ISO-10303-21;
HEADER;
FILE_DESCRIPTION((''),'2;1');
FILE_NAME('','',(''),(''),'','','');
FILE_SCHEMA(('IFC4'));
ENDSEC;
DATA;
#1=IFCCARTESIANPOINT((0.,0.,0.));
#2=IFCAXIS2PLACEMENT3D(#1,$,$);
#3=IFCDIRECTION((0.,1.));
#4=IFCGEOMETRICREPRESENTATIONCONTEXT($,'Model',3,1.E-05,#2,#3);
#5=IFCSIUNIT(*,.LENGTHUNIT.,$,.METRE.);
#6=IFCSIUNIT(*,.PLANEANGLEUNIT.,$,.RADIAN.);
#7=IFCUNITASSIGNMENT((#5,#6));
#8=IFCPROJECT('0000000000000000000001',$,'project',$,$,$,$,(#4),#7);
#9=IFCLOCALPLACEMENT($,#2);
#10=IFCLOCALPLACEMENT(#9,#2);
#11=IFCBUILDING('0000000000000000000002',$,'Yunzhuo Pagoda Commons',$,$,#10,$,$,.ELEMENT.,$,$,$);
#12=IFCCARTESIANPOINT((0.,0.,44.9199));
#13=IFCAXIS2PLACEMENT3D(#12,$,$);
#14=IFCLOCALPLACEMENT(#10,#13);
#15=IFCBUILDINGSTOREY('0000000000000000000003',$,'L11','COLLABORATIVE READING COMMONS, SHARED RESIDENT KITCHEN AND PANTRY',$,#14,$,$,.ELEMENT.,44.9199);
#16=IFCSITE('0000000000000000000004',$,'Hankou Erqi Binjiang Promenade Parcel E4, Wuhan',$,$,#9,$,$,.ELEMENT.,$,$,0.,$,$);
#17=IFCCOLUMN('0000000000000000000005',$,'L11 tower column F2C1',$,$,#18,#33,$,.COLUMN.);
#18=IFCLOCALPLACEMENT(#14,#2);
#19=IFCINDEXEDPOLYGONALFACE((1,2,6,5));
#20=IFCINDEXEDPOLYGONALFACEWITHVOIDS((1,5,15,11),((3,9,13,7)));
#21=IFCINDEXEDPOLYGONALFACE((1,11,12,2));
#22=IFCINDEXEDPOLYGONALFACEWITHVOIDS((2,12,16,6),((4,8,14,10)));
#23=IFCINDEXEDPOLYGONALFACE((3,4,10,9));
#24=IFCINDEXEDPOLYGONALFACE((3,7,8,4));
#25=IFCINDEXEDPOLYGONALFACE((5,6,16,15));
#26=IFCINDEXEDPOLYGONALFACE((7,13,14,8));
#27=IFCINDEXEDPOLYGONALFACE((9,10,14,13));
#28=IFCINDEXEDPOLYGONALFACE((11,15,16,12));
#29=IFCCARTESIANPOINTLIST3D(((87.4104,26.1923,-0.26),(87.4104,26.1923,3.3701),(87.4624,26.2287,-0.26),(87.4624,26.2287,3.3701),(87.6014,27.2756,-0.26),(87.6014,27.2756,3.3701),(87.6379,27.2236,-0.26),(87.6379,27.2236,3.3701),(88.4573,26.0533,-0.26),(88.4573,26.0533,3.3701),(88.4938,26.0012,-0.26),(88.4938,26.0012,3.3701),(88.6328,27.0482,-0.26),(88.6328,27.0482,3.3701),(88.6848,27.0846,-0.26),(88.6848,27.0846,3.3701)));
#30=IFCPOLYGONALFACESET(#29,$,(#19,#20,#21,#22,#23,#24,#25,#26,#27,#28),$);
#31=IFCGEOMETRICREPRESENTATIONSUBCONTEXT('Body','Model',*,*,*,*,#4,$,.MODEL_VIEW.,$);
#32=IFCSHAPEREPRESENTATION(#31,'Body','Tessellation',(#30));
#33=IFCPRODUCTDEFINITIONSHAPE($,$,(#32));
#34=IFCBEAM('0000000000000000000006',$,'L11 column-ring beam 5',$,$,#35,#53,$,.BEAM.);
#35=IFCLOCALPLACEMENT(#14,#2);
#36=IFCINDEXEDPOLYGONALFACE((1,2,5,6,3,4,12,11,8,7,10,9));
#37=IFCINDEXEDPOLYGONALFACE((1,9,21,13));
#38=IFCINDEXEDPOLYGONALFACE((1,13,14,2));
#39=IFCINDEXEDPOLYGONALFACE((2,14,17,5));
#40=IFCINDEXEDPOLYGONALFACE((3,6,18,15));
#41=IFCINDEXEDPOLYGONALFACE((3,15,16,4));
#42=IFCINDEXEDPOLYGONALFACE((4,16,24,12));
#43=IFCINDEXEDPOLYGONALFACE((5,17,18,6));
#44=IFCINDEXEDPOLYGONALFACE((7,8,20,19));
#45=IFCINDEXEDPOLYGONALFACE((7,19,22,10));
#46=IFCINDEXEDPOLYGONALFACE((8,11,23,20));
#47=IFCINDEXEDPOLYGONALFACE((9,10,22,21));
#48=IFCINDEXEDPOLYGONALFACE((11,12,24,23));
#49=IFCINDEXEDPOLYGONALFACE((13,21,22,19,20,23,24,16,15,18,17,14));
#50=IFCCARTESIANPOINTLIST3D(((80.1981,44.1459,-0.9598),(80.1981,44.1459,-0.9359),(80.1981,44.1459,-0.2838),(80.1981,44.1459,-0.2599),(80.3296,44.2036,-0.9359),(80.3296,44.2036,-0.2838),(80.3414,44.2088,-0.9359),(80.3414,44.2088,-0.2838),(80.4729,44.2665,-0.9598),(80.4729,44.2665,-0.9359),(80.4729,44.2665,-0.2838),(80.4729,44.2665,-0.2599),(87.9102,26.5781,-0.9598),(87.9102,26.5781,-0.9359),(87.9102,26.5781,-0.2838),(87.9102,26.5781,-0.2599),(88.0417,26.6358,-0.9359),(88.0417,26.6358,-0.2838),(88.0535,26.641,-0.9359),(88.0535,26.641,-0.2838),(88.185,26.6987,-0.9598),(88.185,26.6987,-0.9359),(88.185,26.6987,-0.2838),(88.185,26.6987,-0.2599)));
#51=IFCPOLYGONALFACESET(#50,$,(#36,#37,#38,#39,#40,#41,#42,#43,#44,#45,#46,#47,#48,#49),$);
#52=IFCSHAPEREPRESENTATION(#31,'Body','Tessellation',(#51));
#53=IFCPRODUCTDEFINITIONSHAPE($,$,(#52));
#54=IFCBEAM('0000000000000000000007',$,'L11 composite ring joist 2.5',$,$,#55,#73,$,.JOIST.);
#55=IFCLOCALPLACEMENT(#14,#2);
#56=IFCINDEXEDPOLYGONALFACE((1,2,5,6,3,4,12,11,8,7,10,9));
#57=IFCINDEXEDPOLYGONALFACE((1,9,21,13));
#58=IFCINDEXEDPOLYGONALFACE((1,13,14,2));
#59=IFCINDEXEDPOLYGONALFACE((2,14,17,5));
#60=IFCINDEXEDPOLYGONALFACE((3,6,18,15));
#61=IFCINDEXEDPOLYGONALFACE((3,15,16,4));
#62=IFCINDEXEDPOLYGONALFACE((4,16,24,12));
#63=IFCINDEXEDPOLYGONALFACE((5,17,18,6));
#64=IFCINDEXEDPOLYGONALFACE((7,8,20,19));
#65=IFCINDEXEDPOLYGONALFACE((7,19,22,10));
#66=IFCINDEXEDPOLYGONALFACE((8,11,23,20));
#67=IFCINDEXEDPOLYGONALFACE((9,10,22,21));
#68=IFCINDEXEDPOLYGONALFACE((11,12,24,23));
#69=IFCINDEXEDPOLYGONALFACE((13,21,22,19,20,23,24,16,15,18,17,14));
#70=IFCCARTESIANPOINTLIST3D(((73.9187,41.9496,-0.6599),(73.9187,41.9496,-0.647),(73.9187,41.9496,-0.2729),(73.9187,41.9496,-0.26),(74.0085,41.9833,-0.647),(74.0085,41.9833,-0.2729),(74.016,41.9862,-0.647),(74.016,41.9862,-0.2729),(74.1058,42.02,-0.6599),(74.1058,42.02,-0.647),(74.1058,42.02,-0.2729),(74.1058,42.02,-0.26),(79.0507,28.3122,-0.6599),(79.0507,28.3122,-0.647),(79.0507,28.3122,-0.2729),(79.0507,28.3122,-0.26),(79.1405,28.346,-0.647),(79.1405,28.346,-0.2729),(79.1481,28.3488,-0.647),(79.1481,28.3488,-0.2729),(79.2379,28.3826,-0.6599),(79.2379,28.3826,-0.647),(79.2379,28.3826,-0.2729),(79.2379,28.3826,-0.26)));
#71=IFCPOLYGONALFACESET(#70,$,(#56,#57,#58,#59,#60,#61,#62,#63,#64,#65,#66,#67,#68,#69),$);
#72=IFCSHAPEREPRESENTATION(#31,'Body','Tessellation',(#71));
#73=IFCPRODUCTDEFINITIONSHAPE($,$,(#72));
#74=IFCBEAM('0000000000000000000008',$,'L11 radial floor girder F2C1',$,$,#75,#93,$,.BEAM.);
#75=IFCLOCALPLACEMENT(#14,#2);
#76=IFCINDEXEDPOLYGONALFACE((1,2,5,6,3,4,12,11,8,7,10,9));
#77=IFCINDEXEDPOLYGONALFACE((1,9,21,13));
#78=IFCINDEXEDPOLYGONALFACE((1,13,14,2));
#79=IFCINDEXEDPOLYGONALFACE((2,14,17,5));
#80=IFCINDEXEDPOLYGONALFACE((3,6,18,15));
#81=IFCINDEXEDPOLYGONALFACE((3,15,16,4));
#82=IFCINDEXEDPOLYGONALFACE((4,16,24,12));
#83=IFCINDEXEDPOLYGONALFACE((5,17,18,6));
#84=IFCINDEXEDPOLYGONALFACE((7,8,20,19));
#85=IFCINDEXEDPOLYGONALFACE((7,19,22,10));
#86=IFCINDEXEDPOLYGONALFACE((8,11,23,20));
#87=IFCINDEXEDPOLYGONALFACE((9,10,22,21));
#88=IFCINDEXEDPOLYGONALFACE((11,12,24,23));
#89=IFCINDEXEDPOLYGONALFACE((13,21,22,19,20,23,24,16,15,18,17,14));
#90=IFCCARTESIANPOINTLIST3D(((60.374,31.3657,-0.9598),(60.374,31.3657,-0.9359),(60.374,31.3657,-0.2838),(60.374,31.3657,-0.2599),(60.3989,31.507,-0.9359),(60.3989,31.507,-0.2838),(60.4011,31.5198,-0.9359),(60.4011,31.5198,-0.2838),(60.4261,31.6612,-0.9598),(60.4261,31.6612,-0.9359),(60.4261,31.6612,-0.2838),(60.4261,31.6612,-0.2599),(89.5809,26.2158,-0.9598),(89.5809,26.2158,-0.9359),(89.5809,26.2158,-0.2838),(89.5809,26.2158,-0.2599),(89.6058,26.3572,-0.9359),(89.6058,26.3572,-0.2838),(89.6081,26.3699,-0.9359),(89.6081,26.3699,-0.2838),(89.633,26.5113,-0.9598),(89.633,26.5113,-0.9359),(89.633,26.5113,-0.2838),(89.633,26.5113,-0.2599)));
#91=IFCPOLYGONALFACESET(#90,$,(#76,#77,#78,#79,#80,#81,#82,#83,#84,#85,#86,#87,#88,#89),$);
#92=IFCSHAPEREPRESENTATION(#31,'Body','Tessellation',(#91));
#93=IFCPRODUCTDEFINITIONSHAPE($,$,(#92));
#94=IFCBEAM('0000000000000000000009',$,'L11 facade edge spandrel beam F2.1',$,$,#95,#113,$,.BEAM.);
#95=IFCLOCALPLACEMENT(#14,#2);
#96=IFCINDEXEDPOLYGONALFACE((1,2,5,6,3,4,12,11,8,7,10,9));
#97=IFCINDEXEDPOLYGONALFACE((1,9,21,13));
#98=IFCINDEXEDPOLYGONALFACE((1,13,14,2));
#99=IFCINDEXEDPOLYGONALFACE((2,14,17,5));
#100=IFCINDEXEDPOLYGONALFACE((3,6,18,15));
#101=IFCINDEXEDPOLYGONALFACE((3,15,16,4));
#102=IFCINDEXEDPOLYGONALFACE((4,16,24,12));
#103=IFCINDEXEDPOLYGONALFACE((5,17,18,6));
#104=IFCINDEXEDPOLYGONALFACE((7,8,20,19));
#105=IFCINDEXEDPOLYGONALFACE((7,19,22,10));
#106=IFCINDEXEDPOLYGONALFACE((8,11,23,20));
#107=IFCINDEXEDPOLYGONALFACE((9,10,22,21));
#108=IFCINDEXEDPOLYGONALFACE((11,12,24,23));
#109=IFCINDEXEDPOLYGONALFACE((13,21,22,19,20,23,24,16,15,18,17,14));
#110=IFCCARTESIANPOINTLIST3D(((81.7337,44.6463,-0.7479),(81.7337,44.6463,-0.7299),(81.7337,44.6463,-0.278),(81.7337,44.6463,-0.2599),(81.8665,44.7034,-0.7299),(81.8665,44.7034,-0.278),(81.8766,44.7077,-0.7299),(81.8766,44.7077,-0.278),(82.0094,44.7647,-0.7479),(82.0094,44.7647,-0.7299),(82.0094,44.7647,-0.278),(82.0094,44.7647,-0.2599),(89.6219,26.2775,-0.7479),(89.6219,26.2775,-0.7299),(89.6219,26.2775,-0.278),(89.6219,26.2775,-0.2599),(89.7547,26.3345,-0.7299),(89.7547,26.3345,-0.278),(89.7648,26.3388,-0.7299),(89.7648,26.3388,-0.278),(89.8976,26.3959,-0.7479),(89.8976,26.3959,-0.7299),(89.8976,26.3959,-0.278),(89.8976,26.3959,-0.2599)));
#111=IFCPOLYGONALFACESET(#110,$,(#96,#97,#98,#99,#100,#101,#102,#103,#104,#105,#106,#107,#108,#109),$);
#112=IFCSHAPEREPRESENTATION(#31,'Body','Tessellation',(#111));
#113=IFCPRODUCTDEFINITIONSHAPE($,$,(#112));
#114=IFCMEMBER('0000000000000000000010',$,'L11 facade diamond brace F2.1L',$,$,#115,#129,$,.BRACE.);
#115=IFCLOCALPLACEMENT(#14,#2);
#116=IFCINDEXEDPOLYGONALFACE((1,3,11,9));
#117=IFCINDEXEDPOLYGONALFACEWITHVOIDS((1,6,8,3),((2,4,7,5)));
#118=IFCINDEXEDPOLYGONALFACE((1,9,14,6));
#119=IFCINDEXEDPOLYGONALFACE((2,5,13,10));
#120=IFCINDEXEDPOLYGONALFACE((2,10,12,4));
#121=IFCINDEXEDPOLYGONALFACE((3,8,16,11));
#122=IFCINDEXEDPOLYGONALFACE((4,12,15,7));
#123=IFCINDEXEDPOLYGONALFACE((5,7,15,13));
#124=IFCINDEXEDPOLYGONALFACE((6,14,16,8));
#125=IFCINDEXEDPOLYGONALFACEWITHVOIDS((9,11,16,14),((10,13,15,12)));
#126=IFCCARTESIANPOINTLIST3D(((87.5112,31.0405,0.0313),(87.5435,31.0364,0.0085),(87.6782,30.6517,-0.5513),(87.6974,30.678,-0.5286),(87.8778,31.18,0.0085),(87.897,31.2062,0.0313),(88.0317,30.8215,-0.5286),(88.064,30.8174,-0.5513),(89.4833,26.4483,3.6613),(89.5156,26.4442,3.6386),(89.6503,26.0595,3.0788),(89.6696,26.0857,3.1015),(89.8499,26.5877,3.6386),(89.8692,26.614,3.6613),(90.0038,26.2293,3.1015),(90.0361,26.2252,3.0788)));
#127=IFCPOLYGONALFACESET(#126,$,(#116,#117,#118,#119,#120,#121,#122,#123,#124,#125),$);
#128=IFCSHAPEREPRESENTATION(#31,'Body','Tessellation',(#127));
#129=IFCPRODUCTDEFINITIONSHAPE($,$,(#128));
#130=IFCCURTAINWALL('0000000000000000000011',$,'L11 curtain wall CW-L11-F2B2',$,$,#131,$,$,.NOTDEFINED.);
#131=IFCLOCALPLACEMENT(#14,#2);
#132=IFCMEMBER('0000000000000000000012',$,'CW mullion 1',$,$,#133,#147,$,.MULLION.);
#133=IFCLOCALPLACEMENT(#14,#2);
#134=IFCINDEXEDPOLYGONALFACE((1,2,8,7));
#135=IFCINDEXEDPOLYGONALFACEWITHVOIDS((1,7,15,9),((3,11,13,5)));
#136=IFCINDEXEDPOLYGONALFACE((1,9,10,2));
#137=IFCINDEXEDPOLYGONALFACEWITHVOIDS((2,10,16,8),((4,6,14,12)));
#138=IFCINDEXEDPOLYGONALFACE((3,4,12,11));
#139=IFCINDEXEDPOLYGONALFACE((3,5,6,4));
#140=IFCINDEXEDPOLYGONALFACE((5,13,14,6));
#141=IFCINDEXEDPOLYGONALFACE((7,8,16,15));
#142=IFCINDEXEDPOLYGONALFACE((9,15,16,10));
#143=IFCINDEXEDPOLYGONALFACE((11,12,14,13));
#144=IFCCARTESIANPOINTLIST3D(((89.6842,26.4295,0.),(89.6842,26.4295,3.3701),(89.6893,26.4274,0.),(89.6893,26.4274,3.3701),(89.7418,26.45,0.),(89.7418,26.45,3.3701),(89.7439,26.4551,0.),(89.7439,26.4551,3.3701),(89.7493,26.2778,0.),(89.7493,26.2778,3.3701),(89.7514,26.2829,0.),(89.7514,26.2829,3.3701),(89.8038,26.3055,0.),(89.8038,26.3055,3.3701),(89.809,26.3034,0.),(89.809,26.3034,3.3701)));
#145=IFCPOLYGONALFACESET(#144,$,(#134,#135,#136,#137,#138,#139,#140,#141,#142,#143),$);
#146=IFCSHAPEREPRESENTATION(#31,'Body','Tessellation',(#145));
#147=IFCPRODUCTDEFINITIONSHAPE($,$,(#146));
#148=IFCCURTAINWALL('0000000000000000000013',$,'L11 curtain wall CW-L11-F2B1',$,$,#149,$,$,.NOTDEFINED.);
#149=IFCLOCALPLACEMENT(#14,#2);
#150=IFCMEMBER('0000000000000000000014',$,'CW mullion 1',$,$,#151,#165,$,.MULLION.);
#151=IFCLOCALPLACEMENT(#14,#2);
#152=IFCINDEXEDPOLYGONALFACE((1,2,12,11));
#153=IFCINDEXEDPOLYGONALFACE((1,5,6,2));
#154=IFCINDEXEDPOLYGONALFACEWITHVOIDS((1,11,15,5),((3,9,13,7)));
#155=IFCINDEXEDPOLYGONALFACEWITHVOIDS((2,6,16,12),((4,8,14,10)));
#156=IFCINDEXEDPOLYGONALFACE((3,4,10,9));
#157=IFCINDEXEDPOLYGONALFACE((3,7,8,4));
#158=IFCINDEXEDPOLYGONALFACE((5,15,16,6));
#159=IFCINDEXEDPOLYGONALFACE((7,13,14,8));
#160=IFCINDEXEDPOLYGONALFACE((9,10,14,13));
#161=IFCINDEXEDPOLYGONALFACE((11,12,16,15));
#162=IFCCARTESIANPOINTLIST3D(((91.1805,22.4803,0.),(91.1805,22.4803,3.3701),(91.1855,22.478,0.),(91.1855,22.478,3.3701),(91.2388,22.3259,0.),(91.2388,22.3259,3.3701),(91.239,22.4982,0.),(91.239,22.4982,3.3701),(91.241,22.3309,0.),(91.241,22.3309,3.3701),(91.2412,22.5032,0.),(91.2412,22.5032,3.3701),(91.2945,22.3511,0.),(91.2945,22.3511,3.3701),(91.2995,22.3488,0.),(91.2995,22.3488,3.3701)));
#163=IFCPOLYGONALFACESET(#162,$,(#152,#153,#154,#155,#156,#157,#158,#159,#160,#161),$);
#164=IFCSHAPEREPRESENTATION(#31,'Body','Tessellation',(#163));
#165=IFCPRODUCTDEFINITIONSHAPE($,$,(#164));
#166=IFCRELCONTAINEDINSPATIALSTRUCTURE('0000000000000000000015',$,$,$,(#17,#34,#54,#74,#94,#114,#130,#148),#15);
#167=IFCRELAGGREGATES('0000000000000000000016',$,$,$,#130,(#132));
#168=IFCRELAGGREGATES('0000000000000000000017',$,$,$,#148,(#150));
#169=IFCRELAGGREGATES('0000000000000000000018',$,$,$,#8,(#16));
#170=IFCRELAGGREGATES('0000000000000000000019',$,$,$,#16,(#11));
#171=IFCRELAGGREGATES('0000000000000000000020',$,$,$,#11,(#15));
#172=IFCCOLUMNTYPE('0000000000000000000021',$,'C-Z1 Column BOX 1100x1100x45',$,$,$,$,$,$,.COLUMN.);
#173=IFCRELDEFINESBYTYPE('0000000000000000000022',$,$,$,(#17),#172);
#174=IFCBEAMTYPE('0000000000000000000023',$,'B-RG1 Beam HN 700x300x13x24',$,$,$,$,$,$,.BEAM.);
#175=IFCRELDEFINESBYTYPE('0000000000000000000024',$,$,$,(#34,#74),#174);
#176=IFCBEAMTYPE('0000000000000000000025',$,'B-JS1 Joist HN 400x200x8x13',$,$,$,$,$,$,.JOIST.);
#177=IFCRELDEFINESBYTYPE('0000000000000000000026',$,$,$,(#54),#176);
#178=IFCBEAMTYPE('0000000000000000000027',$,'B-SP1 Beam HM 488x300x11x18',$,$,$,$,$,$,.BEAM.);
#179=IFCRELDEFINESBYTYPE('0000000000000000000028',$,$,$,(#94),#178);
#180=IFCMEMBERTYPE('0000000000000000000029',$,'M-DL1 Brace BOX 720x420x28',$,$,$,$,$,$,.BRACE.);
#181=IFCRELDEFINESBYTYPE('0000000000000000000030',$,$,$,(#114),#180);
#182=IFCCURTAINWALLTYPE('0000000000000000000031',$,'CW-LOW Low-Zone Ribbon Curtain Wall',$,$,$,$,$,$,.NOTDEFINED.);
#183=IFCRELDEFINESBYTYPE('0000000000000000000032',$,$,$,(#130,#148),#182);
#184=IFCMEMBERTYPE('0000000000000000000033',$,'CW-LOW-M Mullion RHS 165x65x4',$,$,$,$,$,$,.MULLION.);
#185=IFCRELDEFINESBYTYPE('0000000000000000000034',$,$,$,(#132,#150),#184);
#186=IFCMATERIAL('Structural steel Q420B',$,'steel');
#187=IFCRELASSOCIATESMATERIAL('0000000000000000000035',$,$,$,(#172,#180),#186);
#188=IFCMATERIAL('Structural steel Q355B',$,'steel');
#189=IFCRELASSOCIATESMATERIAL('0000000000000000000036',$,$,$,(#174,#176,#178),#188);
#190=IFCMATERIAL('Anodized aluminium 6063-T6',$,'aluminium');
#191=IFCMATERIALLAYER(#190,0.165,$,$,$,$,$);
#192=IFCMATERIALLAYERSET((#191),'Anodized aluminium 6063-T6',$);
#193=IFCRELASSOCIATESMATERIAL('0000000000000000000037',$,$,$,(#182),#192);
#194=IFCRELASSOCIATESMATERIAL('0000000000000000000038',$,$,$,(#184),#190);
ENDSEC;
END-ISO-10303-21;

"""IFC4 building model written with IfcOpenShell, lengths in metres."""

from ifc_helpers import new_model, si_unit, direction, frame, origin, origin_2d, place, context, subcontext, project, spatial, hollow_rectangle, i_section, extrude, source, transform, mapped, material, layer, layer_set, material_profile, profile_set, type_object, element, aggregate, save


model = new_model("IFC4")

# Units and contexts
model_context = context("Model", 3, precision=1e-05, world=origin(), true_north=direction((0.0, 1.0)))
body_context = subcontext(model_context, "Body", "Model", "MODEL_VIEW")
ifc_project = project(units=[si_unit("LENGTHUNIT", "METRE"), si_unit("PLANEANGLEUNIT", "RADIAN")], contexts=[model_context])

# Site, building, storey
site_placement = place(None, origin())
site = spatial("IfcSite", under=ifc_project, at=site_placement, Name="Hankou Erqi Binjiang Promenade Parcel E4, Wuhan", CompositionType="ELEMENT", RefElevation=0.0)
building_placement = place(site_placement, origin())
building = spatial("IfcBuilding", under=site, at=building_placement, Name="Yunzhuo Pagoda Commons", CompositionType="ELEMENT")
storey_placement = place(building_placement, frame((0.0, 0.0, 44.9199)))
storey = spatial("IfcBuildingStorey", under=building, at=storey_placement, Name="L11", Description="COLLABORATIVE READING COMMONS, SHARED RESIDENT KITCHEN AND PANTRY", CompositionType="ELEMENT", Elevation=44.9199)

# Column
ifc_material_1 = material(Name="Structural steel Q420B", Category="steel")
ifc_material_profile_1 = material_profile(ifc_material_1, hollow_rectangle(XDim=1.1001, YDim=1.1001, WallThickness=0.0449, at=origin_2d()), Name="Structural steel Q420B")
ifc_profile_set_1 = profile_set([ifc_material_profile_1], Name="Structural steel Q420B")
column_type = type_object("IfcColumnType", Name="C-Z1 Column BOX 1100x1100x45", PredefinedType="COLUMN", material=ifc_profile_set_1)
shared_shape_1 = source(origin(), body_context, "Body", "SweptSolid", [
    extrude(hollow_rectangle(XDim=1.1001, YDim=1.1001, WallThickness=0.0449, at=origin_2d()), origin(), (0.0, 0.0, 1.0), 3.6301),
])
column_placement = place(storey_placement, frame((88.0476, 26.6384, -0.26), z_axis=(0.0, 0.0, 1.0), x_axis=(0.173648, 0.984808, 0.0)))
element("IfcColumn", 1, at=column_placement, inside=storey, type_object=column_type, Name="L11 tower column F2C1", PredefinedType="COLUMN", context=body_context, shape_type="MappedRepresentation", body=[
    mapped(shared_shape_1, transform((0.0, 0.0, 0.0), scale=1.0)),
])

# Beams
ifc_material_2 = material(Name="Structural steel Q355B", Category="steel")
ifc_material_profile_2 = material_profile(ifc_material_2, i_section(OverallWidth=0.3, OverallDepth=0.7, WebThickness=0.0129, FlangeThickness=0.0239, at=origin_2d()), Name="Structural steel Q355B")
ifc_profile_set_2 = profile_set([ifc_material_profile_2], Name="Structural steel Q355B")
beam_type_1 = type_object("IfcBeamType", Name="B-RG1 Beam HN 700x300x13x24", PredefinedType="BEAM", material=ifc_profile_set_2)
shared_shape_2 = source(origin(), body_context, "Body", "SweptSolid", [
    extrude(i_section(OverallWidth=0.3, OverallDepth=0.7, WebThickness=0.0129, FlangeThickness=0.0239, at=origin_2d()), origin(), (0.0, 0.0, 1.0), 19.186),
])
beam_1_placement = place(storey_placement, frame((88.0476, 26.6384, -0.6099), z_axis=(-0.401965, 0.915655, 0.0), x_axis=(-0.915655, -0.401965, 0.0)))
element("IfcBeam", 2, at=beam_1_placement, inside=storey, type_object=beam_type_1, Name="L11 column-ring beam 5", PredefinedType="BEAM", context=body_context, shape_type="MappedRepresentation", body=[
    mapped(shared_shape_2, transform((0.0, 0.0, 0.0), scale=1.0)),
])
ifc_material_profile_3 = material_profile(ifc_material_2, i_section(OverallWidth=0.2, OverallDepth=0.3999, WebThickness=0.0081, FlangeThickness=0.0129, at=origin_2d()), Name="Structural steel Q355B")
ifc_profile_set_3 = profile_set([ifc_material_profile_3], Name="Structural steel Q355B")
beam_type_2 = type_object("IfcBeamType", Name="B-JS1 Joist HN 400x200x8x13", PredefinedType="JOIST", material=ifc_profile_set_3)
shared_shape_3 = source(origin(), body_context, "Body", "SweptSolid", [
    extrude(i_section(OverallWidth=0.2, OverallDepth=0.3999, WebThickness=0.0081, FlangeThickness=0.0129, at=origin_2d()), origin(), (0.0, 0.0, 1.0), 14.571),
])
beam_2_placement = place(storey_placement, frame((79.1443, 28.3474, -0.46), z_axis=(-0.352208, 0.935922, 0.0), x_axis=(-0.935922, -0.352208, 0.0)))
element("IfcBeam", 3, at=beam_2_placement, inside=storey, type_object=beam_type_2, Name="L11 composite ring joist 2.5", PredefinedType="JOIST", context=body_context, shape_type="MappedRepresentation", body=[
    mapped(shared_shape_3, transform((0.0, 0.0, 0.0), scale=1.0)),
])
shared_shape_4 = source(origin(), body_context, "Body", "SweptSolid", [
    extrude(i_section(OverallWidth=0.3, OverallDepth=0.7, WebThickness=0.0129, FlangeThickness=0.0239, at=origin_2d()), origin(), (0.0, 0.0, 1.0), 29.6575),
])
beam_3_placement = place(storey_placement, frame((89.6069, 26.3635, -0.6099), z_axis=(-0.984808, 0.173645, 0.0), x_axis=(-0.173645, -0.984808, 0.0)))
element("IfcBeam", 4, at=beam_3_placement, inside=storey, type_object=beam_type_1, Name="L11 radial floor girder F2C1", PredefinedType="BEAM", context=body_context, shape_type="MappedRepresentation", body=[
    mapped(shared_shape_4, transform((0.0, 0.0, 0.0), scale=1.0)),
])
ifc_material_profile_4 = material_profile(ifc_material_2, i_section(OverallWidth=0.3, OverallDepth=0.488, WebThickness=0.011, FlangeThickness=0.0181, at=origin_2d()), Name="Structural steel Q355B")
ifc_profile_set_4 = profile_set([ifc_material_profile_4], Name="Structural steel Q355B")
beam_type_3 = type_object("IfcBeamType", Name="B-SP1 Beam HM 488x300x11x18", PredefinedType="BEAM", material=ifc_profile_set_4)
shared_shape_5 = source(origin(), body_context, "Body", "SweptSolid", [
    extrude(i_section(OverallWidth=0.3, OverallDepth=0.488, WebThickness=0.011, FlangeThickness=0.0181, at=origin_2d()), origin(), (0.0, 0.0, 1.0), 19.991),
])
beam_4_placement = place(storey_placement, frame((89.7598, 26.3367, -0.5039), z_axis=(-0.394587, 0.918859, 0.0), x_axis=(-0.918859, -0.394587, 0.0)))
element("IfcBeam", 5, at=beam_4_placement, inside=storey, type_object=beam_type_3, Name="L11 facade edge spandrel beam F2.1", PredefinedType="BEAM", context=body_context, shape_type="MappedRepresentation", body=[
    mapped(shared_shape_5, transform((0.0, 0.0, 0.0), scale=1.0)),
])

# Member
ifc_material_profile_5 = material_profile(ifc_material_1, hollow_rectangle(XDim=0.4199, YDim=0.72, WallThickness=0.0281, at=origin_2d()), Name="Structural steel Q420B")
ifc_profile_set_5 = profile_set([ifc_material_profile_5], Name="Structural steel Q420B")
member_type_1 = type_object("IfcMemberType", Name="M-DL1 Brace BOX 720x420x28", PredefinedType="BRACE", material=ifc_profile_set_5)
shared_shape_6 = source(origin(), body_context, "Body", "SweptSolid", [
    extrude(hollow_rectangle(XDim=0.4199, YDim=0.72, WallThickness=0.0281, at=origin_2d()), origin(), (0.0, 0.0, 1.0), 6.177),
])
member_1_placement = place(storey_placement, frame((87.7876, 30.929, -0.26), z_axis=(0.319272, -0.743439, 0.587677), x_axis=(0.918852, 0.394603, 0.0)))
element("IfcMember", 6, at=member_1_placement, inside=storey, type_object=member_type_1, Name="L11 facade diamond brace F2.1L", PredefinedType="BRACE", context=body_context, shape_type="MappedRepresentation", body=[
    mapped(shared_shape_6, transform((0.0, 0.0, 0.0), scale=1.0)),
])

# Curtain wall, member
ifc_material_3 = material(Name="Anodized aluminium 6063-T6", Category="aluminium")
ifc_layer_1 = layer(ifc_material_3, 0.165)
ifc_layer_set_1 = layer_set([ifc_layer_1], Name="Anodized aluminium 6063-T6")
curtain_wall_type_1 = type_object("IfcCurtainWallType", Name="CW-LOW Low-Zone Ribbon Curtain Wall", PredefinedType="NOTDEFINED", material=ifc_layer_set_1)
curtain_wall_1_placement = place(storey_placement, origin())
curtain_wall_1 = element("IfcCurtainWall", 7, at=curtain_wall_1_placement, inside=storey, type_object=curtain_wall_type_1, Name="L11 curtain wall CW-L11-F2B2", PredefinedType="NOTDEFINED")
ifc_material_profile_6 = material_profile(ifc_material_3, hollow_rectangle(XDim=0.0649, YDim=0.165, WallThickness=0.0039, at=origin_2d()), Name="Anodized aluminium 6063-T6")
ifc_profile_set_6 = profile_set([ifc_material_profile_6], Name="Anodized aluminium 6063-T6")
member_type_2 = type_object("IfcMemberType", Name="CW-LOW-M Mullion RHS 165x65x4", PredefinedType="MULLION", material=ifc_profile_set_6)
shared_shape_7 = source(origin(), body_context, "Body", "SweptSolid", [
    extrude(hollow_rectangle(XDim=0.0649, YDim=0.165, WallThickness=0.0039, at=origin_2d()), origin(), (0.0, 0.0, 1.0), 3.3701),
])
member_2_placement = place(storey_placement, frame((89.7466, 26.3665, 0.0), z_axis=(0.0, 0.0, 1.0), x_axis=(-0.918866, -0.394571, 0.0)))
member_2 = element("IfcMember", 8, at=member_2_placement, type_object=member_type_2, Name="CW mullion 1", PredefinedType="MULLION", context=body_context, shape_type="MappedRepresentation", body=[
    mapped(shared_shape_7, transform((0.0, 0.0, 0.0), scale=1.0)),
])

# Curtain wall, member
curtain_wall_2_placement = place(storey_placement, origin())
curtain_wall_2 = element("IfcCurtainWall", 9, at=curtain_wall_2_placement, inside=storey, type_object=curtain_wall_type_1, Name="L11 curtain wall CW-L11-F2B1", PredefinedType="NOTDEFINED")
member_3_placement = place(storey_placement, frame((91.24, 22.4146, 0.0), z_axis=(0.0, 0.0, 1.0), x_axis=(-0.935566, -0.353151, 0.0)))
member_3 = element("IfcMember", 10, at=member_3_placement, type_object=member_type_2, Name="CW mullion 1", PredefinedType="MULLION", context=body_context, shape_type="MappedRepresentation", body=[
    mapped(shared_shape_7, transform((0.0, 0.0, 0.0), scale=1.0)),
])

aggregate(curtain_wall_1, [member_2])
aggregate(curtain_wall_2, [member_3])

save(model, "model.ifc")
